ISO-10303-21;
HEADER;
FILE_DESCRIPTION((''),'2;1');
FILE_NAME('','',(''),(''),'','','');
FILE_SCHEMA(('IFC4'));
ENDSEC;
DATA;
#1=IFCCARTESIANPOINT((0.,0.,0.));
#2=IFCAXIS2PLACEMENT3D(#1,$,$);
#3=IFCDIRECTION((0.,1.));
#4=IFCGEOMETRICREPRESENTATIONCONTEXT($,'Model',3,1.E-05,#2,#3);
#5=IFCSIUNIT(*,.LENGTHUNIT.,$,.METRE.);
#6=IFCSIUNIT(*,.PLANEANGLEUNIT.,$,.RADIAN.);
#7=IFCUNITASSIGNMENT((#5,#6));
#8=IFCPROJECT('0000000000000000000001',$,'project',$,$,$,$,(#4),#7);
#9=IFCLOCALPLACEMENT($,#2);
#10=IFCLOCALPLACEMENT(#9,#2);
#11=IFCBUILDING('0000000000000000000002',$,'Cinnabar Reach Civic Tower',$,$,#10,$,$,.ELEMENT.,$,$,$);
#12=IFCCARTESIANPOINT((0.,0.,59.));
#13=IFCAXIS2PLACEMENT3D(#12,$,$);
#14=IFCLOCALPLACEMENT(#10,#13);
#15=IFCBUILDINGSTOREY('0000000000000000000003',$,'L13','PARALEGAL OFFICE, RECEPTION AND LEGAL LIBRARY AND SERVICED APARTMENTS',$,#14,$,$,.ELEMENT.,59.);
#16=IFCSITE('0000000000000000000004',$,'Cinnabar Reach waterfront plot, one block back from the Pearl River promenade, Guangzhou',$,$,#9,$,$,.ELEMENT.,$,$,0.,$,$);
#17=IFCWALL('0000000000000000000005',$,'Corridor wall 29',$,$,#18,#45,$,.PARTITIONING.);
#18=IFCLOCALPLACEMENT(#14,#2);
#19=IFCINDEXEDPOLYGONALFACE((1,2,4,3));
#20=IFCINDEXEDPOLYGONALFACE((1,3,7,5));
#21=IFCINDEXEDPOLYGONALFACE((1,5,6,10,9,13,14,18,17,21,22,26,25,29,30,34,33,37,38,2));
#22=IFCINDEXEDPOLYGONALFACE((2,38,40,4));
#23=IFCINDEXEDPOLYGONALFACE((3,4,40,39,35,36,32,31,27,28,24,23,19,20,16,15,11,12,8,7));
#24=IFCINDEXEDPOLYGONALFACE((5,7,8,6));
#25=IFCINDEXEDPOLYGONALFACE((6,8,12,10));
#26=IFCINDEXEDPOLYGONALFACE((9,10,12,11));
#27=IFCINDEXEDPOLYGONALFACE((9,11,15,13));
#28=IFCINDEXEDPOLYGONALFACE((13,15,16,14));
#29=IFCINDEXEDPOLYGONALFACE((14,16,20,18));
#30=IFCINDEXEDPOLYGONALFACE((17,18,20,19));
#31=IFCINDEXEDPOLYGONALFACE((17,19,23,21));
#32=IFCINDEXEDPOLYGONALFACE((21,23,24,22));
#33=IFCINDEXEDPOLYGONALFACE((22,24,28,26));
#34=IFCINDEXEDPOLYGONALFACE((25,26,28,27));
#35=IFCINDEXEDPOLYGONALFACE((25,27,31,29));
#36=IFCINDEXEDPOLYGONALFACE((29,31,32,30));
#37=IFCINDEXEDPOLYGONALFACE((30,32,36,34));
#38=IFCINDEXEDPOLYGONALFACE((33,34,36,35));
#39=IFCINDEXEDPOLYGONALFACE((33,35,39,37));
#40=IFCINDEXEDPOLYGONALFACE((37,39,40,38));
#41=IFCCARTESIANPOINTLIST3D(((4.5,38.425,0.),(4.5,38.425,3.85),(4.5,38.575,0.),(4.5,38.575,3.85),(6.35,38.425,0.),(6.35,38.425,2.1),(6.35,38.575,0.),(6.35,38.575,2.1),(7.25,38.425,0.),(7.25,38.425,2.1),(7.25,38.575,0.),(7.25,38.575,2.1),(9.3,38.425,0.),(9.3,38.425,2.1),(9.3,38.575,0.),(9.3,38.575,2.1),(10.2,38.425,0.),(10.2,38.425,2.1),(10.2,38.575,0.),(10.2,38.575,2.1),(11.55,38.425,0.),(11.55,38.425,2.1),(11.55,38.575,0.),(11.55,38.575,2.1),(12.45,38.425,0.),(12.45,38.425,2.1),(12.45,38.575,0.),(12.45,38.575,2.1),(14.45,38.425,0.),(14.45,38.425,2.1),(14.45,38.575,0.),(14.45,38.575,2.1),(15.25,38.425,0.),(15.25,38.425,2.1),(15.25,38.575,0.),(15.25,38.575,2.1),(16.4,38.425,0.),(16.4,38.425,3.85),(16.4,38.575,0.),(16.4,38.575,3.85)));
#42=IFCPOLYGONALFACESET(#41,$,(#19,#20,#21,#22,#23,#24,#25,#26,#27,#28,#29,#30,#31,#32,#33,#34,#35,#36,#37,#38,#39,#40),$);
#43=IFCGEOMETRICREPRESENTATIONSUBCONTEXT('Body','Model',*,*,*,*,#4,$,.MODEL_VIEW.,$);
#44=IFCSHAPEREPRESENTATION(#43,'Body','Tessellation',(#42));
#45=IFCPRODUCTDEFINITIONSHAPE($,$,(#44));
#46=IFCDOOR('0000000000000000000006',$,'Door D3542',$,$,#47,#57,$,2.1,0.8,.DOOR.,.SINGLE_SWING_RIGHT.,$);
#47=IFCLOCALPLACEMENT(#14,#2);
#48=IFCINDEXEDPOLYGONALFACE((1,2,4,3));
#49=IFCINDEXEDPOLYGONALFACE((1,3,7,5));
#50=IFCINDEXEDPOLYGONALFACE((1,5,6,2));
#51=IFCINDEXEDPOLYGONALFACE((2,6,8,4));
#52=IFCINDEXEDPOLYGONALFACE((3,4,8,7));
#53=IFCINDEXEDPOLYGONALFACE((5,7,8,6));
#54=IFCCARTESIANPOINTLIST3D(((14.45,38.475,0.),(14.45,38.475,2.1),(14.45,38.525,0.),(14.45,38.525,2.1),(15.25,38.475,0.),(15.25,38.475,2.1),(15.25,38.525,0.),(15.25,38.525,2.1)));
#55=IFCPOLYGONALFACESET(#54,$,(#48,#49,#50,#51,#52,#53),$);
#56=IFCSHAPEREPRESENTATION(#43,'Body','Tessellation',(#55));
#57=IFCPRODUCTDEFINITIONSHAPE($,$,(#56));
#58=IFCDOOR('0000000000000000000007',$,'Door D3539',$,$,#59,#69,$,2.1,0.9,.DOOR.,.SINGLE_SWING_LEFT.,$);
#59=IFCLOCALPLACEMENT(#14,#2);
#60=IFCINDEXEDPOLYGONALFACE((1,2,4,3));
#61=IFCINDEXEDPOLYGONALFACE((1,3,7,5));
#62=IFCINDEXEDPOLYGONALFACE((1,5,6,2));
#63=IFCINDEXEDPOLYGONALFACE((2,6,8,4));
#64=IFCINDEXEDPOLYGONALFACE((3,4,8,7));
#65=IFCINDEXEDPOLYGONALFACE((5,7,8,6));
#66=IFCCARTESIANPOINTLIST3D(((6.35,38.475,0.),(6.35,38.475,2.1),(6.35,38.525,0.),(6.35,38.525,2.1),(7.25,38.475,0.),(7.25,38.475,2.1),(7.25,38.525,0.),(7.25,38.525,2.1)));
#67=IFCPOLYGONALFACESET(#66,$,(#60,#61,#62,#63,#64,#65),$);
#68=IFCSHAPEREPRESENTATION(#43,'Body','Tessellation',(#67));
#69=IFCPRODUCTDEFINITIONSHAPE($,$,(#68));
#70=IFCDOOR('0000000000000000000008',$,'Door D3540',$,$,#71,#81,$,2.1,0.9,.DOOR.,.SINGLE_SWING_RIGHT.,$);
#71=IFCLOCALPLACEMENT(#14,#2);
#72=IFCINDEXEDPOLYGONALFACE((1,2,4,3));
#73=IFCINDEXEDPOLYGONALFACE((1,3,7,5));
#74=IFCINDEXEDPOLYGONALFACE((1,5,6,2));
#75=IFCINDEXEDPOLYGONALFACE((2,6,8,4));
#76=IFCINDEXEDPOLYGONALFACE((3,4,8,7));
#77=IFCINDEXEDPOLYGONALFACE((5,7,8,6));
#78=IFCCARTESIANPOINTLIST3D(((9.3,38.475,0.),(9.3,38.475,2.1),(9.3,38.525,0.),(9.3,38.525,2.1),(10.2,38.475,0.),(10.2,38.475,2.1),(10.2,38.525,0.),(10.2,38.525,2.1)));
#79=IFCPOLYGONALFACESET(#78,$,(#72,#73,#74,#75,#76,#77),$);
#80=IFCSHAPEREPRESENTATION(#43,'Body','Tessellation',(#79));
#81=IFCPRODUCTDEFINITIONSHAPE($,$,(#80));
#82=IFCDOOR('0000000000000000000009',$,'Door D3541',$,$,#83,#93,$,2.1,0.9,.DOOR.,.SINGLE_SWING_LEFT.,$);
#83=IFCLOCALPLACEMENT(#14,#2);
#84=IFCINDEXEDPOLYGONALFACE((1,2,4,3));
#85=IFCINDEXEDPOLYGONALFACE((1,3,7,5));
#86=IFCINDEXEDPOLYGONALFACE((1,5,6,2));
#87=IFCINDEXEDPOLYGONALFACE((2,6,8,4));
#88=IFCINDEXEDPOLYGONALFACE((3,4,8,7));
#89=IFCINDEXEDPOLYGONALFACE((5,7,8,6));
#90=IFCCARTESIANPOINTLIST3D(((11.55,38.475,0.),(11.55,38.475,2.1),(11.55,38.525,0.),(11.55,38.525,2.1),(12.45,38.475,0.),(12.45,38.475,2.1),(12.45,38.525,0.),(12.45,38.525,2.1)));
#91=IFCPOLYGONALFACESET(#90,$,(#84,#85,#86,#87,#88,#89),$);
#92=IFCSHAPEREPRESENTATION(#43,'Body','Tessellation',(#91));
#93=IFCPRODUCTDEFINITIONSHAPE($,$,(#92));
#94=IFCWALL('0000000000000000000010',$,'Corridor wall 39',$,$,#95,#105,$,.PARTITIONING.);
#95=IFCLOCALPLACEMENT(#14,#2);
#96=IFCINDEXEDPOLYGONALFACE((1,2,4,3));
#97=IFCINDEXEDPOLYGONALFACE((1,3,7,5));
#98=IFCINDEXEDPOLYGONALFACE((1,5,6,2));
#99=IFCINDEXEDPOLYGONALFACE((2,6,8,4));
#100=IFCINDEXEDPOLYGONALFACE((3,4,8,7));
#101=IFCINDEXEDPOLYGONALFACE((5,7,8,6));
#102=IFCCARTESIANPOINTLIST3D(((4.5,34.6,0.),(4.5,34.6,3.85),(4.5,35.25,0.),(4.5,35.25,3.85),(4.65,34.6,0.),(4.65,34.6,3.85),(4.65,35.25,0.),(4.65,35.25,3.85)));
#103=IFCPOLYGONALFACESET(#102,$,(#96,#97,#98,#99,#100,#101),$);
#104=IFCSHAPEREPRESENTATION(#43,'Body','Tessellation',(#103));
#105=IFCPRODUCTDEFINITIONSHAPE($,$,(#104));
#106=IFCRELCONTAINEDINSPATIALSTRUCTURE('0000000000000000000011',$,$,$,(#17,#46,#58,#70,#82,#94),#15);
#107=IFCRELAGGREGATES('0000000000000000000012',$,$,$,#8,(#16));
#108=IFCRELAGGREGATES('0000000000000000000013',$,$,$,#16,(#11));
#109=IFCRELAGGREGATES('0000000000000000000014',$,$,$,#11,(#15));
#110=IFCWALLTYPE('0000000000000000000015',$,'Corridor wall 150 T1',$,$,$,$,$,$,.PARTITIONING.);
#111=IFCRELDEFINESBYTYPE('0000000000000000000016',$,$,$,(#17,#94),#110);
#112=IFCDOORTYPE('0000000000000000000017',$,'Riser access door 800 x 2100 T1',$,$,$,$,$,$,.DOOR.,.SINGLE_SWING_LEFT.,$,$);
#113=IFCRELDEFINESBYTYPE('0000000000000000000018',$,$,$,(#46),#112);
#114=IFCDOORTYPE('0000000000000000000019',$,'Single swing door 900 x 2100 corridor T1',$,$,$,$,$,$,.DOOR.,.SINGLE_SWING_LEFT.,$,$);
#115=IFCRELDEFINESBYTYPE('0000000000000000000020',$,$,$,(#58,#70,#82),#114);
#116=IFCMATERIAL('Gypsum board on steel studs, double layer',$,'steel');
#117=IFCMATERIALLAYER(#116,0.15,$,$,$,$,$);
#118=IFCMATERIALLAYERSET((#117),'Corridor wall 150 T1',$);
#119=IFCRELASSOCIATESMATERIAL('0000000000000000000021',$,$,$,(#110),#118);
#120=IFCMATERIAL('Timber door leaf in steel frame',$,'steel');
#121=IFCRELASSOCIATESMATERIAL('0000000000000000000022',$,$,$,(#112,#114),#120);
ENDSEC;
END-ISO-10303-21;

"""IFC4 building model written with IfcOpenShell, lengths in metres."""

from ifc_helpers import new_model, si_unit, direction, frame, frame_2d, origin, place, context, subcontext, project, spatial, rectangle, extrude, material, layer, layer_set, type_object, element, fill, save


model = new_model("IFC4")

# Units and contexts
model_context = context("Model", 3, precision=1e-05, world=origin(), true_north=direction((0.0, 1.0)))
body_context = subcontext(model_context, "Body", "Model", "MODEL_VIEW")
ifc_project = project(units=[si_unit("LENGTHUNIT", "METRE"), si_unit("PLANEANGLEUNIT", "RADIAN")], contexts=[model_context])

# Site, building, storey
site_placement = place(None, origin())
site = spatial("IfcSite", under=ifc_project, at=site_placement, Name="Cinnabar Reach waterfront plot, one block back from the Pearl River promenade, Guangzhou", CompositionType="ELEMENT", RefElevation=0.0)
building_placement = place(site_placement, origin())
building = spatial("IfcBuilding", under=site, at=building_placement, Name="Cinnabar Reach Civic Tower", CompositionType="ELEMENT")
storey_placement = place(building_placement, frame((0.0, 0.0, 59.0)))
storey = spatial("IfcBuildingStorey", under=building, at=storey_placement, Name="L13", Description="PARALEGAL OFFICE, RECEPTION AND LEGAL LIBRARY AND SERVICED APARTMENTS", CompositionType="ELEMENT", Elevation=59.0)

# Wall, openings, doors
ifc_material_1 = material(Name="Gypsum board on steel studs, double layer", Category="steel")
ifc_layer_1 = layer(ifc_material_1, 0.15)
ifc_layer_set_1 = layer_set([ifc_layer_1], Name="Corridor wall 150 T1")
wall_type_1 = type_object("IfcWallType", Name="Corridor wall 150 T1", PredefinedType="PARTITIONING", material=ifc_layer_set_1)
wall_1_placement = place(storey_placement, frame((4.5, 38.5, 0.0), z_axis=(0.0, 0.0, 1.0), x_axis=(1.0, 0.0, 0.0)))
wall_1 = element("IfcWall", 1, at=wall_1_placement, inside=storey, type_object=wall_type_1, Name="Corridor wall 29", PredefinedType="PARTITIONING", context=body_context, shape_type="SweptSolid", body=[
    extrude(rectangle(XDim=11.9, YDim=0.15, at=frame_2d((5.95, 0.0))), origin(), (0.0, 0.0, 1.0), 3.85),
])
opening_1_placement = place(wall_1_placement, frame((1.85, 0.0, 0.0)))
opening_1 = element("IfcOpeningElement", 2, at=opening_1_placement, cuts=wall_1, PredefinedType="OPENING", context=body_context, shape_type="SweptSolid", body=[
    extrude(rectangle(XDim=0.9, YDim=2.1, at=frame_2d((0.45, 1.05))), frame((0.0, 0.085, 0.0), z_axis=(0.0, -1.0, 0.0), x_axis=(1.0, 0.0, 0.0)), (0.0, 0.0, 1.0), 0.17),
])
opening_2_placement = place(wall_1_placement, frame((4.8, 0.0, 0.0)))
opening_2 = element("IfcOpeningElement", 3, at=opening_2_placement, cuts=wall_1, PredefinedType="OPENING", context=body_context, shape_type="SweptSolid", body=[
    extrude(rectangle(XDim=0.9, YDim=2.1, at=frame_2d((0.45, 1.05))), frame((0.0, 0.085, 0.0), z_axis=(0.0, -1.0, 0.0), x_axis=(1.0, 0.0, 0.0)), (0.0, 0.0, 1.0), 0.17),
])
opening_3_placement = place(wall_1_placement, frame((7.05, 0.0, 0.0)))
opening_3 = element("IfcOpeningElement", 4, at=opening_3_placement, cuts=wall_1, PredefinedType="OPENING", context=body_context, shape_type="SweptSolid", body=[
    extrude(rectangle(XDim=0.9, YDim=2.1, at=frame_2d((0.45, 1.05))), frame((0.0, 0.085, 0.0), z_axis=(0.0, -1.0, 0.0), x_axis=(1.0, 0.0, 0.0)), (0.0, 0.0, 1.0), 0.17),
])
opening_4_placement = place(wall_1_placement, frame((9.95, 0.0, 0.0)))
opening_4 = element("IfcOpeningElement", 5, at=opening_4_placement, cuts=wall_1, PredefinedType="OPENING", context=body_context, shape_type="SweptSolid", body=[
    extrude(rectangle(XDim=0.8, YDim=2.1, at=frame_2d((0.4, 1.05))), frame((0.0, 0.085, 0.0), z_axis=(0.0, -1.0, 0.0), x_axis=(1.0, 0.0, 0.0)), (0.0, 0.0, 1.0), 0.17),
])
ifc_material_2 = material(Name="Timber door leaf in steel frame", Category="steel")
door_type_1 = type_object("IfcDoorType", Name="Riser access door 800 x 2100 T1", OperationType="SINGLE_SWING_LEFT", PredefinedType="DOOR", material=ifc_material_2)
door_1_placement = place(opening_4_placement, origin())
door_1 = element("IfcDoor", 6, at=door_1_placement, inside=storey, type_object=door_type_1, Name="Door D3542", OperationType="SINGLE_SWING_RIGHT", OverallHeight=2.1, OverallWidth=0.8, PredefinedType="DOOR", context=body_context, shape_type="SweptSolid", body=[
    extrude(rectangle(XDim=0.8, YDim=2.1, at=frame_2d((0.4, 1.05))), frame((0.0, 0.025, 0.0), z_axis=(0.0, -1.0, 0.0), x_axis=(1.0, 0.0, 0.0)), (0.0, 0.0, 1.0), 0.05),
])
fill(opening_4, door_1)
door_type_2 = type_object("IfcDoorType", Name="Single swing door 900 x 2100 corridor T1", OperationType="SINGLE_SWING_LEFT", PredefinedType="DOOR", material=ifc_material_2)
door_2_placement = place(opening_1_placement, origin())
door_2 = element("IfcDoor", 7, at=door_2_placement, inside=storey, type_object=door_type_2, Name="Door D3539", OperationType="SINGLE_SWING_LEFT", OverallHeight=2.1, OverallWidth=0.9, PredefinedType="DOOR", context=body_context, shape_type="SweptSolid", body=[
    extrude(rectangle(XDim=0.9, YDim=2.1, at=frame_2d((0.45, 1.05))), frame((0.0, 0.025, 0.0), z_axis=(0.0, -1.0, 0.0), x_axis=(1.0, 0.0, 0.0)), (0.0, 0.0, 1.0), 0.05),
])
fill(opening_1, door_2)
door_3_placement = place(opening_2_placement, origin())
door_3 = element("IfcDoor", 8, at=door_3_placement, inside=storey, type_object=door_type_2, Name="Door D3540", OperationType="SINGLE_SWING_RIGHT", OverallHeight=2.1, OverallWidth=0.9, PredefinedType="DOOR", context=body_context, shape_type="SweptSolid", body=[
    extrude(rectangle(XDim=0.9, YDim=2.1, at=frame_2d((0.45, 1.05))), frame((0.0, 0.025, 0.0), z_axis=(0.0, -1.0, 0.0), x_axis=(1.0, 0.0, 0.0)), (0.0, 0.0, 1.0), 0.05),
])
fill(opening_2, door_3)
door_4_placement = place(opening_3_placement, origin())
door_4 = element("IfcDoor", 9, at=door_4_placement, inside=storey, type_object=door_type_2, Name="Door D3541", OperationType="SINGLE_SWING_LEFT", OverallHeight=2.1, OverallWidth=0.9, PredefinedType="DOOR", context=body_context, shape_type="SweptSolid", body=[
    extrude(rectangle(XDim=0.9, YDim=2.1, at=frame_2d((0.45, 1.05))), frame((0.0, 0.025, 0.0), z_axis=(0.0, -1.0, 0.0), x_axis=(1.0, 0.0, 0.0)), (0.0, 0.0, 1.0), 0.05),
])
fill(opening_3, door_4)

# Wall
wall_2_placement = place(storey_placement, frame((4.575, 34.6, 0.0), z_axis=(0.0, 0.0, 1.0), x_axis=(0.0, 1.0, 0.0)))
element("IfcWall", 10, at=wall_2_placement, inside=storey, type_object=wall_type_1, Name="Corridor wall 39", PredefinedType="PARTITIONING", context=body_context, shape_type="SweptSolid", body=[
    extrude(rectangle(XDim=0.65, YDim=0.15, at=frame_2d((0.325, 0.0))), origin(), (0.0, 0.0, 1.0), 3.85),
])

save(model, "model.ifc")
